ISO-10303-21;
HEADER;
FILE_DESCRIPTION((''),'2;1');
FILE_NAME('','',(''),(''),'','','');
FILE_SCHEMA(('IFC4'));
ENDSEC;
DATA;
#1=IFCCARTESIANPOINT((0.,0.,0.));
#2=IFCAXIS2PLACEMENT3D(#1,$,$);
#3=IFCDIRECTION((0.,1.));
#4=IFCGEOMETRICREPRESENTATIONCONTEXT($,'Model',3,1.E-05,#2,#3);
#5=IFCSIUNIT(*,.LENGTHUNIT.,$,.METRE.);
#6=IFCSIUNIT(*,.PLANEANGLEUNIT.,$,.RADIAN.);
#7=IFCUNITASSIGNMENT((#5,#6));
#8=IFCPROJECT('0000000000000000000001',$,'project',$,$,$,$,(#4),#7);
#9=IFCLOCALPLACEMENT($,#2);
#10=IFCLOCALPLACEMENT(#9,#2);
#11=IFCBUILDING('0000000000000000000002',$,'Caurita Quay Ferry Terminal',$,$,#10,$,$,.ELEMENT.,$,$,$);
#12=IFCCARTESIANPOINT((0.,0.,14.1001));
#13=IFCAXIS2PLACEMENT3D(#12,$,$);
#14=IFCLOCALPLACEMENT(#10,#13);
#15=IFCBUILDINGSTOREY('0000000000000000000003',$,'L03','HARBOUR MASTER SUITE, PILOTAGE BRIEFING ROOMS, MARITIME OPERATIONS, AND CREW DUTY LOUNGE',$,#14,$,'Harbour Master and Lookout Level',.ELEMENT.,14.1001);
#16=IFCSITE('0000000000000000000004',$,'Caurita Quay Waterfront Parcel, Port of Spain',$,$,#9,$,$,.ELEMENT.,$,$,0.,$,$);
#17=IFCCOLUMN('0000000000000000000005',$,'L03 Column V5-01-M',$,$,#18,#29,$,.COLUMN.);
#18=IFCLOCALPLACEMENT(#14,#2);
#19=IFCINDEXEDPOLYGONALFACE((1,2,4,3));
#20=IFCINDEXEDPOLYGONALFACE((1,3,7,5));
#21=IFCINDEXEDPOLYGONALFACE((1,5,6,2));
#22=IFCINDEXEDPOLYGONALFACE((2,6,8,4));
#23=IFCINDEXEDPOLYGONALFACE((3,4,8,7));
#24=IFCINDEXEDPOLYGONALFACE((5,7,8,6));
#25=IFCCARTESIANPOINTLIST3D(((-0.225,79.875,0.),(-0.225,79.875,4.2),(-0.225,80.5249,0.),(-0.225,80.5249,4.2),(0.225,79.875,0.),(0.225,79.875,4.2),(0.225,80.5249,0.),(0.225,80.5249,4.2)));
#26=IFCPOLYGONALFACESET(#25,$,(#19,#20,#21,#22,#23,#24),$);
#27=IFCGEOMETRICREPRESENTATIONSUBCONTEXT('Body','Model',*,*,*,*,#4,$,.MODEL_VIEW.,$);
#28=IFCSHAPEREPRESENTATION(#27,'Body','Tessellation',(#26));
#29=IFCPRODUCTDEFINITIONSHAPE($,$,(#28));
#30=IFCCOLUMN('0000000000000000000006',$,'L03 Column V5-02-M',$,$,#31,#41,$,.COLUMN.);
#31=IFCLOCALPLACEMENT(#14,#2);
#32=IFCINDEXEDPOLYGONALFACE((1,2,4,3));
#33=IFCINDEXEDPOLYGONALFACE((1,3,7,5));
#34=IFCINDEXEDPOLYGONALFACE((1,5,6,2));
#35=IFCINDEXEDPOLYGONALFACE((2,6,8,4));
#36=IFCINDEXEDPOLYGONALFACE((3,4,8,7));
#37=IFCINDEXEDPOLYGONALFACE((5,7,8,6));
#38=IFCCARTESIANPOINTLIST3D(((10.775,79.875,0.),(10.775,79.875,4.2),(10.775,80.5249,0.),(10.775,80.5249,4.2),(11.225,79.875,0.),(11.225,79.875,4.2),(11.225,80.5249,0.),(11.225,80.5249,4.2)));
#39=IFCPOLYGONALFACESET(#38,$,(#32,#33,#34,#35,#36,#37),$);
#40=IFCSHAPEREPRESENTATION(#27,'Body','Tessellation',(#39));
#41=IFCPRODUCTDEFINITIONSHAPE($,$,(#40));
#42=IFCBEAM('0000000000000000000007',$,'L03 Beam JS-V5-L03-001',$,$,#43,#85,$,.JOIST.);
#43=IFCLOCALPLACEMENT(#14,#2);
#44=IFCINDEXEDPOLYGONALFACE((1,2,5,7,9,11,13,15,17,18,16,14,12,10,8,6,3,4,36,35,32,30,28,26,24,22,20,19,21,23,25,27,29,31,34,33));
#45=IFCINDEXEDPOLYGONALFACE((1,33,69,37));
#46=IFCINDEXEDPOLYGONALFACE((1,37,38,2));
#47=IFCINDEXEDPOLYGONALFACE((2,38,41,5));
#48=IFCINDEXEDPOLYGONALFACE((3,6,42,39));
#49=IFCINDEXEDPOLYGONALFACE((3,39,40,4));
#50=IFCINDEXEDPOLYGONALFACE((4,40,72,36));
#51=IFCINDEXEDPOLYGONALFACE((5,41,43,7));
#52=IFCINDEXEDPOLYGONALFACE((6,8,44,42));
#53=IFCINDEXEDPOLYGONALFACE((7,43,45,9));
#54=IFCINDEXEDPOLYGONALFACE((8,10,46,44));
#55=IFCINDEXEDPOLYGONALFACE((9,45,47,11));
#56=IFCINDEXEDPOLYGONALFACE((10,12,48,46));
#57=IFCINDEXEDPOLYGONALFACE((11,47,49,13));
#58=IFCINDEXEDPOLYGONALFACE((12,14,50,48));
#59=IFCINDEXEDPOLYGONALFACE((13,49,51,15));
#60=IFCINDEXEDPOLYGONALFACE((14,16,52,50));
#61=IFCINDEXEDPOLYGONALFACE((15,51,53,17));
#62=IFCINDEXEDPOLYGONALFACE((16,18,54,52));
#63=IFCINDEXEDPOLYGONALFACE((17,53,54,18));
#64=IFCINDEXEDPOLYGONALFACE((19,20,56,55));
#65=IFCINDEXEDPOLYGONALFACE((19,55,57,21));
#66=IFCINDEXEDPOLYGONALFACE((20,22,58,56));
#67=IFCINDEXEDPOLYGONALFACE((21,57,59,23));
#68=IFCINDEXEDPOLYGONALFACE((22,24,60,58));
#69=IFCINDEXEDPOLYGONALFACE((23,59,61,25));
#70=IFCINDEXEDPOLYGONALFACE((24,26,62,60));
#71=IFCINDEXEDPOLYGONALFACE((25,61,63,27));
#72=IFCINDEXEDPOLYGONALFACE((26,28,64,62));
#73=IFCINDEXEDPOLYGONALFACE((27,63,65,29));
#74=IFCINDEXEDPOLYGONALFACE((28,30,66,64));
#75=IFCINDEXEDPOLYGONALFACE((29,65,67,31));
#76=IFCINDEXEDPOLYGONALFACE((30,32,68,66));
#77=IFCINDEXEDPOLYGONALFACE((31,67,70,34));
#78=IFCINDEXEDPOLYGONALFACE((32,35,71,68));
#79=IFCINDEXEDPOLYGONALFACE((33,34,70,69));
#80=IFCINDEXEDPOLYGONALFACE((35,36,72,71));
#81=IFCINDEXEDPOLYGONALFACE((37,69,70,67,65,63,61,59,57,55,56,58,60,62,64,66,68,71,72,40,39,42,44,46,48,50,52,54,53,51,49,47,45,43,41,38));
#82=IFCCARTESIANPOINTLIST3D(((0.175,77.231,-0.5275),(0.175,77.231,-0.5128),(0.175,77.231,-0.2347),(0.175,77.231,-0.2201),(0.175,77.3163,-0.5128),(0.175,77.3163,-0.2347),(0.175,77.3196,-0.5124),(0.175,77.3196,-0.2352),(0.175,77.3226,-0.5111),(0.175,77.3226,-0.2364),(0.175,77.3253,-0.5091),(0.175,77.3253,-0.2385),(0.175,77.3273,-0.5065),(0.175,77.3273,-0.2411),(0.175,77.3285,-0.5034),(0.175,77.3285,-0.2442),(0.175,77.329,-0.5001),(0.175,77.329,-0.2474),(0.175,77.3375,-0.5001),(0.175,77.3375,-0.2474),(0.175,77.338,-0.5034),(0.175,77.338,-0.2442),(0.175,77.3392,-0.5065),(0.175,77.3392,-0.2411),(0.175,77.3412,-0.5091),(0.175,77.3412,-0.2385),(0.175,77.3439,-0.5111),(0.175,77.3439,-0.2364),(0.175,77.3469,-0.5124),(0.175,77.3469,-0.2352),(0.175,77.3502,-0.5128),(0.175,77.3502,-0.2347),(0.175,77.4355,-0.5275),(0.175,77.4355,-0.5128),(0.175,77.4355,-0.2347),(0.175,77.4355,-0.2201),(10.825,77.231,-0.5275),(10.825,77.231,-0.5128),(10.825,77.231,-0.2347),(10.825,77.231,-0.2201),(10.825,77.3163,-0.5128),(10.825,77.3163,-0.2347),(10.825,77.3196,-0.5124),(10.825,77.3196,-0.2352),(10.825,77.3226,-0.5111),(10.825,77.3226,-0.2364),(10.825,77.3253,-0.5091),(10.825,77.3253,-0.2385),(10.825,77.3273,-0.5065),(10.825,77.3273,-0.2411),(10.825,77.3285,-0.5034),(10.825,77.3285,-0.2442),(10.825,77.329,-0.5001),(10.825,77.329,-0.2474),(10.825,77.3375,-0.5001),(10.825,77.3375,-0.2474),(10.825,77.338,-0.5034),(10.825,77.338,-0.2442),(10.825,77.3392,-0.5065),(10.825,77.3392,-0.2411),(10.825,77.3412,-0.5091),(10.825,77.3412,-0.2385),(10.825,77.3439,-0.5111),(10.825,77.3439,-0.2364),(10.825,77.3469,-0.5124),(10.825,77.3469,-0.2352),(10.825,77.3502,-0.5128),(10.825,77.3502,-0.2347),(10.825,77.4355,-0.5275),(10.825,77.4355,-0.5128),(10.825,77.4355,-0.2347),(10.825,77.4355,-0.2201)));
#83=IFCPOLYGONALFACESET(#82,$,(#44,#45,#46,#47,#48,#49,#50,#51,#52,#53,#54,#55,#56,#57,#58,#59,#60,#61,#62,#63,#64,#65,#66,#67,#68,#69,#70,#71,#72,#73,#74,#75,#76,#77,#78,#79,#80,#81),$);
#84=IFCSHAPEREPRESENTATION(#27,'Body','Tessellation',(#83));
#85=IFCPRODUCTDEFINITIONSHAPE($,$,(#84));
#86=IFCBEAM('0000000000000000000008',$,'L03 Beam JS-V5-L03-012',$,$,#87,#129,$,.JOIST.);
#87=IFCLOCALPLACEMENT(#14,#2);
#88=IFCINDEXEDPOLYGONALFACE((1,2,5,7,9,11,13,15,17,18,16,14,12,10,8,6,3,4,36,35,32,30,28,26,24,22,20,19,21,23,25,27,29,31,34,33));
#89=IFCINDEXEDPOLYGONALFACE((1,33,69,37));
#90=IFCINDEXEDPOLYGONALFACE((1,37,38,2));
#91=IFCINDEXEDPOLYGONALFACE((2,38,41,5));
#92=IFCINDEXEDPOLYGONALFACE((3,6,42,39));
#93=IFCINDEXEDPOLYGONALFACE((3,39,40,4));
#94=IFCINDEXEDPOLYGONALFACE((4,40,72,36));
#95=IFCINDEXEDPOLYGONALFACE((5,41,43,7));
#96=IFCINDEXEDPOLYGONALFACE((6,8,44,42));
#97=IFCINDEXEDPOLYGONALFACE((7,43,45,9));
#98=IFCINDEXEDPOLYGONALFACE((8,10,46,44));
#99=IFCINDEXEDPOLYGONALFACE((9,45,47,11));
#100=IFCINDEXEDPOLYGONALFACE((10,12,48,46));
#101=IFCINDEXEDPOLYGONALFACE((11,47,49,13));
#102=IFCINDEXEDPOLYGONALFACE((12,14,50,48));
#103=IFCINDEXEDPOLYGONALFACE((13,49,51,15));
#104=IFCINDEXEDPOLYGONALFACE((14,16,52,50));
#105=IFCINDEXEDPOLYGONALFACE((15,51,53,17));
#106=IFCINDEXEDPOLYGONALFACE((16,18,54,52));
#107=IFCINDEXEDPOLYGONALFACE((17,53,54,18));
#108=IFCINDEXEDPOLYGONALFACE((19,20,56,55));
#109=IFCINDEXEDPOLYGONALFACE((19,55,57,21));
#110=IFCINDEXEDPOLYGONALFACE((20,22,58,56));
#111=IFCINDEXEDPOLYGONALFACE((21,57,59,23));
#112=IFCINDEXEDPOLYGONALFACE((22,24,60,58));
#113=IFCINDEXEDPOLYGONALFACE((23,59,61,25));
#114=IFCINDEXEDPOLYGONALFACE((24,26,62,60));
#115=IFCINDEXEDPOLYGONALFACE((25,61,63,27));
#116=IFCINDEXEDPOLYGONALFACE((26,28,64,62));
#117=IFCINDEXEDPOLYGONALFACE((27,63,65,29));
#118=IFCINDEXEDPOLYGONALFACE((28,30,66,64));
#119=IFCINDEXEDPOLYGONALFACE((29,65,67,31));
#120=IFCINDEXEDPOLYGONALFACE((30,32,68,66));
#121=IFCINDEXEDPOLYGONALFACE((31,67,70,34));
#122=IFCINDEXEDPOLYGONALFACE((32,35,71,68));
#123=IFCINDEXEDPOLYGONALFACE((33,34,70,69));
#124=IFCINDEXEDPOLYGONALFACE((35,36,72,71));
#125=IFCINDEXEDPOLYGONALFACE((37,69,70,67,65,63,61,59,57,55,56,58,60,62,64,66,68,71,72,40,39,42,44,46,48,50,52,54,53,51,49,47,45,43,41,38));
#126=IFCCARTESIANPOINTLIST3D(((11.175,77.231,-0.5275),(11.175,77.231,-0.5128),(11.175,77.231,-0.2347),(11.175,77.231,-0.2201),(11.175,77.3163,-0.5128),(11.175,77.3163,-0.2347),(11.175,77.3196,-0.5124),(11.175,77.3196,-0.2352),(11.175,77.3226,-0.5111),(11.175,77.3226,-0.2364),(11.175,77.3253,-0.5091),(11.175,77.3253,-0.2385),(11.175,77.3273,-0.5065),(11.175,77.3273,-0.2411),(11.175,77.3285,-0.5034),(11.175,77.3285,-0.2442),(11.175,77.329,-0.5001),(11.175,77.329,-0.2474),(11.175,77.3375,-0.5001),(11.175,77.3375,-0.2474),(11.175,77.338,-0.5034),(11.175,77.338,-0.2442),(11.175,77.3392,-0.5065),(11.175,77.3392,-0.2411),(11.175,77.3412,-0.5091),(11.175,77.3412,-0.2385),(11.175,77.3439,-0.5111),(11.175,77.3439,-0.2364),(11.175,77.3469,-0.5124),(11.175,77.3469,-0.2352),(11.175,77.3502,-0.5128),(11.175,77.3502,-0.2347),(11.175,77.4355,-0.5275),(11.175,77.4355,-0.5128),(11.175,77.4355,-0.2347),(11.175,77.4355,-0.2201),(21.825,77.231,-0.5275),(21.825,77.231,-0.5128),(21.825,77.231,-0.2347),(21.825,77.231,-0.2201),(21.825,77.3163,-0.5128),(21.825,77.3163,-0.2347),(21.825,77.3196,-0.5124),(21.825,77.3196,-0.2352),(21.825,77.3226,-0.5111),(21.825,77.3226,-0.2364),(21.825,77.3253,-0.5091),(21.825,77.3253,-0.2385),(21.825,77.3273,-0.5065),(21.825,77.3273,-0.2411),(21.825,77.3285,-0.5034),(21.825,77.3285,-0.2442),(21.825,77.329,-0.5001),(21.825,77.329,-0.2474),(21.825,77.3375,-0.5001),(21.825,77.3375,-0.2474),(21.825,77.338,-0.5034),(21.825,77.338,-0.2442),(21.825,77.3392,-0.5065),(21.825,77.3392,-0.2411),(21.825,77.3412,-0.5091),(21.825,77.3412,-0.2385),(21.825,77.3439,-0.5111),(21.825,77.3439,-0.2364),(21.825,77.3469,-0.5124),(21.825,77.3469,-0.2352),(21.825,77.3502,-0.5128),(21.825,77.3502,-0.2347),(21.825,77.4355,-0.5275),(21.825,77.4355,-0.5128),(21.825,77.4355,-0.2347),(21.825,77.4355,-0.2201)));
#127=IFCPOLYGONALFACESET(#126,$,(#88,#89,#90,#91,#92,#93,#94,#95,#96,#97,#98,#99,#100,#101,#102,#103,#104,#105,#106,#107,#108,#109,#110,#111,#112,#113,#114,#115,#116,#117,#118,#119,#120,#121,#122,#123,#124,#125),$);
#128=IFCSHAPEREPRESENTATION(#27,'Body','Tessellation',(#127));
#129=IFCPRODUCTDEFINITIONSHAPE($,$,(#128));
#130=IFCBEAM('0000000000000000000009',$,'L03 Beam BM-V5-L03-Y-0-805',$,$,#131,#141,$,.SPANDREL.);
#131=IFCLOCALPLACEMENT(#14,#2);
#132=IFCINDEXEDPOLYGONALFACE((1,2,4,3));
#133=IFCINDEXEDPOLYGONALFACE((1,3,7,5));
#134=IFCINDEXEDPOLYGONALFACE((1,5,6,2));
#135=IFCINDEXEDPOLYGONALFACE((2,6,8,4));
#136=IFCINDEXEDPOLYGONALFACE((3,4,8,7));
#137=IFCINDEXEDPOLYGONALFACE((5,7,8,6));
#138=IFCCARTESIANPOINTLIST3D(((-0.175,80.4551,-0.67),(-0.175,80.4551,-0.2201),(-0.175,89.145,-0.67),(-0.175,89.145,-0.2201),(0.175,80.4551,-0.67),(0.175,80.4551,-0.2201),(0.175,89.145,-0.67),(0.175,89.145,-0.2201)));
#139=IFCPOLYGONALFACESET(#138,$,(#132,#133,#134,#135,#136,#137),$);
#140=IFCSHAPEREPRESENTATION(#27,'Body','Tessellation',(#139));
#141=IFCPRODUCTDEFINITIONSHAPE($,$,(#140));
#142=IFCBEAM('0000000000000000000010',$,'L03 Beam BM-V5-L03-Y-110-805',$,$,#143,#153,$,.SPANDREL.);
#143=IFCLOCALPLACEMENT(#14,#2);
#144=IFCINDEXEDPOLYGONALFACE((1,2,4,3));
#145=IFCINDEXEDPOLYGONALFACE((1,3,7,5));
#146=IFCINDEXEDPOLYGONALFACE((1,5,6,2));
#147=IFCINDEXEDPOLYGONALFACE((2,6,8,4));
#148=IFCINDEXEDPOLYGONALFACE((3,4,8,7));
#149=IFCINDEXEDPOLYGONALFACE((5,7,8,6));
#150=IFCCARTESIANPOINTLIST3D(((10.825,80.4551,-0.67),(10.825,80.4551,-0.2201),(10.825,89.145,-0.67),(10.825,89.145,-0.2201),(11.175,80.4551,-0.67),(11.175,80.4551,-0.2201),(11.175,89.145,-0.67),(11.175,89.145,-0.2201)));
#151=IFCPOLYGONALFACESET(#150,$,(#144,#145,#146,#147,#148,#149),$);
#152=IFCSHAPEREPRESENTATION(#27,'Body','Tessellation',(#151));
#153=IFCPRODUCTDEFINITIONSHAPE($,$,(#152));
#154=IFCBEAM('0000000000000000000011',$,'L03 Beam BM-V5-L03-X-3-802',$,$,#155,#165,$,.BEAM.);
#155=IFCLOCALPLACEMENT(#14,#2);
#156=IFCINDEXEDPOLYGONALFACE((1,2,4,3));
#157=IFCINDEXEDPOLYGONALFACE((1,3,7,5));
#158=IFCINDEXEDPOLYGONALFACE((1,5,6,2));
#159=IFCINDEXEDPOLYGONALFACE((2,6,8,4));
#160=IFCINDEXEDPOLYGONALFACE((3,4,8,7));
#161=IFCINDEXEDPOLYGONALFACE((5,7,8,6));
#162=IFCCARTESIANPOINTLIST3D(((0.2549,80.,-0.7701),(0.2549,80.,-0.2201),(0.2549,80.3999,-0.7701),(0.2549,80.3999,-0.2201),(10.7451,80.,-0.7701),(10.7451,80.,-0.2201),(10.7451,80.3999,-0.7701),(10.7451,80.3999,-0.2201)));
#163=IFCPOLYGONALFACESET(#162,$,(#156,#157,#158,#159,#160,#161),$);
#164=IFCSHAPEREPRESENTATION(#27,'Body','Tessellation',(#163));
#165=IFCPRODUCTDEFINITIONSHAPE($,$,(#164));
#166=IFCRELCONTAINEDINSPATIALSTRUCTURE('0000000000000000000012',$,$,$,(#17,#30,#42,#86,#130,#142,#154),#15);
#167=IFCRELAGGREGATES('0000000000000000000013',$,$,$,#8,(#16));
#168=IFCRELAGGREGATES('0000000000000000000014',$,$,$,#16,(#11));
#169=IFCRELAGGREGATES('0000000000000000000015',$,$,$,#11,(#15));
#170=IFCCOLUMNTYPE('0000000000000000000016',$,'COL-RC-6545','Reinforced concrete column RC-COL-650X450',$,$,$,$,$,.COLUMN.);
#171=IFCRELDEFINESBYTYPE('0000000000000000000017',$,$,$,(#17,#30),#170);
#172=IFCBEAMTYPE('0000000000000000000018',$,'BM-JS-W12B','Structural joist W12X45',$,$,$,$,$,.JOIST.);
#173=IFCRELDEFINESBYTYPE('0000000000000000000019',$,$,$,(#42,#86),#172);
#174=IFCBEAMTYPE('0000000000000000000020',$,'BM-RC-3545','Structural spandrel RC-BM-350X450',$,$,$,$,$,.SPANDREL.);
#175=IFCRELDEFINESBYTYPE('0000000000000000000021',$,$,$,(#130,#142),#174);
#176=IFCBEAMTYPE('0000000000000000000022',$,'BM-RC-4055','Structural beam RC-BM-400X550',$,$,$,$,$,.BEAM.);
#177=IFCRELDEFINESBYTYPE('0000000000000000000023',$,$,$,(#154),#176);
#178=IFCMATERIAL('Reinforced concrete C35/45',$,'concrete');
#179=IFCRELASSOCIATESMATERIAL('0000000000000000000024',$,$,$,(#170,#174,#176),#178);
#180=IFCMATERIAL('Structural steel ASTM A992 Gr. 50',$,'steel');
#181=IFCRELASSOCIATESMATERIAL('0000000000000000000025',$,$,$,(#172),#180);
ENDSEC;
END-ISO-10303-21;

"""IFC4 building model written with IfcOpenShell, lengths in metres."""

from ifc_helpers import new_model, si_unit, direction, frame, origin, origin_2d, place, context, subcontext, project, spatial, rectangle, i_section, extrude, material, material_profile, profile_set, type_object, element, save


model = new_model("IFC4")

# Units and contexts
model_context = context("Model", 3, precision=1e-05, world=origin(), true_north=direction((0.0, 1.0)))
body_context = subcontext(model_context, "Body", "Model", "MODEL_VIEW")
ifc_project = project(units=[si_unit("LENGTHUNIT", "METRE"), si_unit("PLANEANGLEUNIT", "RADIAN")], contexts=[model_context])

# Site, building, storey
site_placement = place(None, origin())
site = spatial("IfcSite", under=ifc_project, at=site_placement, Name="Caurita Quay Waterfront Parcel, Port of Spain", CompositionType="ELEMENT", RefElevation=0.0)
building_placement = place(site_placement, origin())
building = spatial("IfcBuilding", under=site, at=building_placement, Name="Caurita Quay Ferry Terminal", CompositionType="ELEMENT")
storey_placement = place(building_placement, frame((0.0, 0.0, 14.1001)))
storey = spatial("IfcBuildingStorey", under=building, at=storey_placement, Name="L03", Description="HARBOUR MASTER SUITE, PILOTAGE BRIEFING ROOMS, MARITIME OPERATIONS, AND CREW DUTY LOUNGE", LongName="Harbour Master and Lookout Level", CompositionType="ELEMENT", Elevation=14.1001)

# Columns
ifc_material_1 = material(Name="Reinforced concrete C35/45", Category="concrete")
ifc_material_profile_1 = material_profile(ifc_material_1, rectangle(XDim=0.45, YDim=0.6499, at=origin_2d()), Name="RC-COL-650X450")
ifc_profile_set_1 = profile_set([ifc_material_profile_1], Name="Reinforced concrete C35/45")
column_type = type_object("IfcColumnType", Name="COL-RC-6545", Description="Reinforced concrete column RC-COL-650X450", PredefinedType="COLUMN", material=ifc_profile_set_1)
for number, where, z_axis, x_axis, name in (
    (1, (0.0, 80.2, 0.0), (0.0, 0.0, 1.0), (1.0, 0.0, 0.0), "L03 Column V5-01-M"),
    (2, (11.0, 80.2, 0.0), (0.0, 0.0, 1.0), (1.0, 0.0, 0.0), "L03 Column V5-02-M"),
):
    element("IfcColumn", number, at=place(storey_placement, frame(where, z_axis=z_axis, x_axis=x_axis)), inside=storey, type_object=column_type, Name=name, PredefinedType="COLUMN", context=body_context, shape_type="SweptSolid", body=[
        extrude(rectangle(XDim=0.45, YDim=0.6499, at=origin_2d()), origin(), (0.0, 0.0, 1.0), 4.2),
    ])

# Beams
ifc_material_2 = material(Name="Structural steel ASTM A992 Gr. 50", Category="steel")
ifc_material_profile_2 = material_profile(ifc_material_2, i_section(OverallWidth=0.2046, OverallDepth=0.3074, WebThickness=0.0085, FlangeThickness=0.0146, FilletRadius=0.0127, at=origin_2d()), Name="W12X45")
ifc_profile_set_2 = profile_set([ifc_material_profile_2], Name="Structural steel ASTM A992 Gr. 50")
beam_type_1 = type_object("IfcBeamType", Name="BM-JS-W12B", Description="Structural joist W12X45", PredefinedType="JOIST", material=ifc_profile_set_2)
for number, where, z_axis, x_axis, name in (
    (3, (0.175, 77.3333, -0.3738), (1.0, 0.0, 0.0), (0.0, 1.0, 0.0), "L03 Beam JS-V5-L03-001"),
    (4, (11.175, 77.3333, -0.3738), (1.0, 0.0, 0.0), (0.0, 1.0, 0.0), "L03 Beam JS-V5-L03-012"),
):
    element("IfcBeam", number, at=place(storey_placement, frame(where, z_axis=z_axis, x_axis=x_axis)), inside=storey, type_object=beam_type_1, Name=name, PredefinedType="JOIST", context=body_context, shape_type="SweptSolid", body=[
        extrude(i_section(OverallWidth=0.2046, OverallDepth=0.3074, WebThickness=0.0085, FlangeThickness=0.0146, FilletRadius=0.0127, at=origin_2d()), origin(), (0.0, 0.0, 1.0), 10.6499),
    ])
ifc_material_profile_3 = material_profile(ifc_material_1, rectangle(XDim=0.3501, YDim=0.45, at=origin_2d()), Name="RC-BM-350X450")
ifc_profile_set_3 = profile_set([ifc_material_profile_3], Name="Reinforced concrete C35/45")
beam_type_2 = type_object("IfcBeamType", Name="BM-RC-3545", Description="Structural spandrel RC-BM-350X450", PredefinedType="SPANDREL", material=ifc_profile_set_3)
for number, where, z_axis, x_axis, name in (
    (5, (0.0, 80.4551, -0.4451), (0.0, 1.0, 0.0), (-1.0, 0.0, 0.0), "L03 Beam BM-V5-L03-Y-0-805"),
    (6, (11.0, 80.4551, -0.4451), (0.0, 1.0, 0.0), (-1.0, 0.0, 0.0), "L03 Beam BM-V5-L03-Y-110-805"),
):
    element("IfcBeam", number, at=place(storey_placement, frame(where, z_axis=z_axis, x_axis=x_axis)), inside=storey, type_object=beam_type_2, Name=name, PredefinedType="SPANDREL", context=body_context, shape_type="SweptSolid", body=[
        extrude(rectangle(XDim=0.3501, YDim=0.45, at=origin_2d()), origin(), (0.0, 0.0, 1.0), 8.6899),
    ])
ifc_material_profile_4 = material_profile(ifc_material_1, rectangle(XDim=0.3999, YDim=0.55, at=origin_2d()), Name="RC-BM-400X550")
ifc_profile_set_4 = profile_set([ifc_material_profile_4], Name="Reinforced concrete C35/45")
beam_type_3 = type_object("IfcBeamType", Name="BM-RC-4055", Description="Structural beam RC-BM-400X550", PredefinedType="BEAM", material=ifc_profile_set_4)
beam_placement = place(storey_placement, frame((0.2549, 80.2, -0.4951), z_axis=(1.0, 0.0, 0.0), x_axis=(0.0, 1.0, 0.0)))
element("IfcBeam", 7, at=beam_placement, inside=storey, type_object=beam_type_3, Name="L03 Beam BM-V5-L03-X-3-802", PredefinedType="BEAM", context=body_context, shape_type="SweptSolid", body=[
    extrude(rectangle(XDim=0.3999, YDim=0.55, at=origin_2d()), origin(), (0.0, 0.0, 1.0), 10.4902),
])

save(model, "model.ifc")
